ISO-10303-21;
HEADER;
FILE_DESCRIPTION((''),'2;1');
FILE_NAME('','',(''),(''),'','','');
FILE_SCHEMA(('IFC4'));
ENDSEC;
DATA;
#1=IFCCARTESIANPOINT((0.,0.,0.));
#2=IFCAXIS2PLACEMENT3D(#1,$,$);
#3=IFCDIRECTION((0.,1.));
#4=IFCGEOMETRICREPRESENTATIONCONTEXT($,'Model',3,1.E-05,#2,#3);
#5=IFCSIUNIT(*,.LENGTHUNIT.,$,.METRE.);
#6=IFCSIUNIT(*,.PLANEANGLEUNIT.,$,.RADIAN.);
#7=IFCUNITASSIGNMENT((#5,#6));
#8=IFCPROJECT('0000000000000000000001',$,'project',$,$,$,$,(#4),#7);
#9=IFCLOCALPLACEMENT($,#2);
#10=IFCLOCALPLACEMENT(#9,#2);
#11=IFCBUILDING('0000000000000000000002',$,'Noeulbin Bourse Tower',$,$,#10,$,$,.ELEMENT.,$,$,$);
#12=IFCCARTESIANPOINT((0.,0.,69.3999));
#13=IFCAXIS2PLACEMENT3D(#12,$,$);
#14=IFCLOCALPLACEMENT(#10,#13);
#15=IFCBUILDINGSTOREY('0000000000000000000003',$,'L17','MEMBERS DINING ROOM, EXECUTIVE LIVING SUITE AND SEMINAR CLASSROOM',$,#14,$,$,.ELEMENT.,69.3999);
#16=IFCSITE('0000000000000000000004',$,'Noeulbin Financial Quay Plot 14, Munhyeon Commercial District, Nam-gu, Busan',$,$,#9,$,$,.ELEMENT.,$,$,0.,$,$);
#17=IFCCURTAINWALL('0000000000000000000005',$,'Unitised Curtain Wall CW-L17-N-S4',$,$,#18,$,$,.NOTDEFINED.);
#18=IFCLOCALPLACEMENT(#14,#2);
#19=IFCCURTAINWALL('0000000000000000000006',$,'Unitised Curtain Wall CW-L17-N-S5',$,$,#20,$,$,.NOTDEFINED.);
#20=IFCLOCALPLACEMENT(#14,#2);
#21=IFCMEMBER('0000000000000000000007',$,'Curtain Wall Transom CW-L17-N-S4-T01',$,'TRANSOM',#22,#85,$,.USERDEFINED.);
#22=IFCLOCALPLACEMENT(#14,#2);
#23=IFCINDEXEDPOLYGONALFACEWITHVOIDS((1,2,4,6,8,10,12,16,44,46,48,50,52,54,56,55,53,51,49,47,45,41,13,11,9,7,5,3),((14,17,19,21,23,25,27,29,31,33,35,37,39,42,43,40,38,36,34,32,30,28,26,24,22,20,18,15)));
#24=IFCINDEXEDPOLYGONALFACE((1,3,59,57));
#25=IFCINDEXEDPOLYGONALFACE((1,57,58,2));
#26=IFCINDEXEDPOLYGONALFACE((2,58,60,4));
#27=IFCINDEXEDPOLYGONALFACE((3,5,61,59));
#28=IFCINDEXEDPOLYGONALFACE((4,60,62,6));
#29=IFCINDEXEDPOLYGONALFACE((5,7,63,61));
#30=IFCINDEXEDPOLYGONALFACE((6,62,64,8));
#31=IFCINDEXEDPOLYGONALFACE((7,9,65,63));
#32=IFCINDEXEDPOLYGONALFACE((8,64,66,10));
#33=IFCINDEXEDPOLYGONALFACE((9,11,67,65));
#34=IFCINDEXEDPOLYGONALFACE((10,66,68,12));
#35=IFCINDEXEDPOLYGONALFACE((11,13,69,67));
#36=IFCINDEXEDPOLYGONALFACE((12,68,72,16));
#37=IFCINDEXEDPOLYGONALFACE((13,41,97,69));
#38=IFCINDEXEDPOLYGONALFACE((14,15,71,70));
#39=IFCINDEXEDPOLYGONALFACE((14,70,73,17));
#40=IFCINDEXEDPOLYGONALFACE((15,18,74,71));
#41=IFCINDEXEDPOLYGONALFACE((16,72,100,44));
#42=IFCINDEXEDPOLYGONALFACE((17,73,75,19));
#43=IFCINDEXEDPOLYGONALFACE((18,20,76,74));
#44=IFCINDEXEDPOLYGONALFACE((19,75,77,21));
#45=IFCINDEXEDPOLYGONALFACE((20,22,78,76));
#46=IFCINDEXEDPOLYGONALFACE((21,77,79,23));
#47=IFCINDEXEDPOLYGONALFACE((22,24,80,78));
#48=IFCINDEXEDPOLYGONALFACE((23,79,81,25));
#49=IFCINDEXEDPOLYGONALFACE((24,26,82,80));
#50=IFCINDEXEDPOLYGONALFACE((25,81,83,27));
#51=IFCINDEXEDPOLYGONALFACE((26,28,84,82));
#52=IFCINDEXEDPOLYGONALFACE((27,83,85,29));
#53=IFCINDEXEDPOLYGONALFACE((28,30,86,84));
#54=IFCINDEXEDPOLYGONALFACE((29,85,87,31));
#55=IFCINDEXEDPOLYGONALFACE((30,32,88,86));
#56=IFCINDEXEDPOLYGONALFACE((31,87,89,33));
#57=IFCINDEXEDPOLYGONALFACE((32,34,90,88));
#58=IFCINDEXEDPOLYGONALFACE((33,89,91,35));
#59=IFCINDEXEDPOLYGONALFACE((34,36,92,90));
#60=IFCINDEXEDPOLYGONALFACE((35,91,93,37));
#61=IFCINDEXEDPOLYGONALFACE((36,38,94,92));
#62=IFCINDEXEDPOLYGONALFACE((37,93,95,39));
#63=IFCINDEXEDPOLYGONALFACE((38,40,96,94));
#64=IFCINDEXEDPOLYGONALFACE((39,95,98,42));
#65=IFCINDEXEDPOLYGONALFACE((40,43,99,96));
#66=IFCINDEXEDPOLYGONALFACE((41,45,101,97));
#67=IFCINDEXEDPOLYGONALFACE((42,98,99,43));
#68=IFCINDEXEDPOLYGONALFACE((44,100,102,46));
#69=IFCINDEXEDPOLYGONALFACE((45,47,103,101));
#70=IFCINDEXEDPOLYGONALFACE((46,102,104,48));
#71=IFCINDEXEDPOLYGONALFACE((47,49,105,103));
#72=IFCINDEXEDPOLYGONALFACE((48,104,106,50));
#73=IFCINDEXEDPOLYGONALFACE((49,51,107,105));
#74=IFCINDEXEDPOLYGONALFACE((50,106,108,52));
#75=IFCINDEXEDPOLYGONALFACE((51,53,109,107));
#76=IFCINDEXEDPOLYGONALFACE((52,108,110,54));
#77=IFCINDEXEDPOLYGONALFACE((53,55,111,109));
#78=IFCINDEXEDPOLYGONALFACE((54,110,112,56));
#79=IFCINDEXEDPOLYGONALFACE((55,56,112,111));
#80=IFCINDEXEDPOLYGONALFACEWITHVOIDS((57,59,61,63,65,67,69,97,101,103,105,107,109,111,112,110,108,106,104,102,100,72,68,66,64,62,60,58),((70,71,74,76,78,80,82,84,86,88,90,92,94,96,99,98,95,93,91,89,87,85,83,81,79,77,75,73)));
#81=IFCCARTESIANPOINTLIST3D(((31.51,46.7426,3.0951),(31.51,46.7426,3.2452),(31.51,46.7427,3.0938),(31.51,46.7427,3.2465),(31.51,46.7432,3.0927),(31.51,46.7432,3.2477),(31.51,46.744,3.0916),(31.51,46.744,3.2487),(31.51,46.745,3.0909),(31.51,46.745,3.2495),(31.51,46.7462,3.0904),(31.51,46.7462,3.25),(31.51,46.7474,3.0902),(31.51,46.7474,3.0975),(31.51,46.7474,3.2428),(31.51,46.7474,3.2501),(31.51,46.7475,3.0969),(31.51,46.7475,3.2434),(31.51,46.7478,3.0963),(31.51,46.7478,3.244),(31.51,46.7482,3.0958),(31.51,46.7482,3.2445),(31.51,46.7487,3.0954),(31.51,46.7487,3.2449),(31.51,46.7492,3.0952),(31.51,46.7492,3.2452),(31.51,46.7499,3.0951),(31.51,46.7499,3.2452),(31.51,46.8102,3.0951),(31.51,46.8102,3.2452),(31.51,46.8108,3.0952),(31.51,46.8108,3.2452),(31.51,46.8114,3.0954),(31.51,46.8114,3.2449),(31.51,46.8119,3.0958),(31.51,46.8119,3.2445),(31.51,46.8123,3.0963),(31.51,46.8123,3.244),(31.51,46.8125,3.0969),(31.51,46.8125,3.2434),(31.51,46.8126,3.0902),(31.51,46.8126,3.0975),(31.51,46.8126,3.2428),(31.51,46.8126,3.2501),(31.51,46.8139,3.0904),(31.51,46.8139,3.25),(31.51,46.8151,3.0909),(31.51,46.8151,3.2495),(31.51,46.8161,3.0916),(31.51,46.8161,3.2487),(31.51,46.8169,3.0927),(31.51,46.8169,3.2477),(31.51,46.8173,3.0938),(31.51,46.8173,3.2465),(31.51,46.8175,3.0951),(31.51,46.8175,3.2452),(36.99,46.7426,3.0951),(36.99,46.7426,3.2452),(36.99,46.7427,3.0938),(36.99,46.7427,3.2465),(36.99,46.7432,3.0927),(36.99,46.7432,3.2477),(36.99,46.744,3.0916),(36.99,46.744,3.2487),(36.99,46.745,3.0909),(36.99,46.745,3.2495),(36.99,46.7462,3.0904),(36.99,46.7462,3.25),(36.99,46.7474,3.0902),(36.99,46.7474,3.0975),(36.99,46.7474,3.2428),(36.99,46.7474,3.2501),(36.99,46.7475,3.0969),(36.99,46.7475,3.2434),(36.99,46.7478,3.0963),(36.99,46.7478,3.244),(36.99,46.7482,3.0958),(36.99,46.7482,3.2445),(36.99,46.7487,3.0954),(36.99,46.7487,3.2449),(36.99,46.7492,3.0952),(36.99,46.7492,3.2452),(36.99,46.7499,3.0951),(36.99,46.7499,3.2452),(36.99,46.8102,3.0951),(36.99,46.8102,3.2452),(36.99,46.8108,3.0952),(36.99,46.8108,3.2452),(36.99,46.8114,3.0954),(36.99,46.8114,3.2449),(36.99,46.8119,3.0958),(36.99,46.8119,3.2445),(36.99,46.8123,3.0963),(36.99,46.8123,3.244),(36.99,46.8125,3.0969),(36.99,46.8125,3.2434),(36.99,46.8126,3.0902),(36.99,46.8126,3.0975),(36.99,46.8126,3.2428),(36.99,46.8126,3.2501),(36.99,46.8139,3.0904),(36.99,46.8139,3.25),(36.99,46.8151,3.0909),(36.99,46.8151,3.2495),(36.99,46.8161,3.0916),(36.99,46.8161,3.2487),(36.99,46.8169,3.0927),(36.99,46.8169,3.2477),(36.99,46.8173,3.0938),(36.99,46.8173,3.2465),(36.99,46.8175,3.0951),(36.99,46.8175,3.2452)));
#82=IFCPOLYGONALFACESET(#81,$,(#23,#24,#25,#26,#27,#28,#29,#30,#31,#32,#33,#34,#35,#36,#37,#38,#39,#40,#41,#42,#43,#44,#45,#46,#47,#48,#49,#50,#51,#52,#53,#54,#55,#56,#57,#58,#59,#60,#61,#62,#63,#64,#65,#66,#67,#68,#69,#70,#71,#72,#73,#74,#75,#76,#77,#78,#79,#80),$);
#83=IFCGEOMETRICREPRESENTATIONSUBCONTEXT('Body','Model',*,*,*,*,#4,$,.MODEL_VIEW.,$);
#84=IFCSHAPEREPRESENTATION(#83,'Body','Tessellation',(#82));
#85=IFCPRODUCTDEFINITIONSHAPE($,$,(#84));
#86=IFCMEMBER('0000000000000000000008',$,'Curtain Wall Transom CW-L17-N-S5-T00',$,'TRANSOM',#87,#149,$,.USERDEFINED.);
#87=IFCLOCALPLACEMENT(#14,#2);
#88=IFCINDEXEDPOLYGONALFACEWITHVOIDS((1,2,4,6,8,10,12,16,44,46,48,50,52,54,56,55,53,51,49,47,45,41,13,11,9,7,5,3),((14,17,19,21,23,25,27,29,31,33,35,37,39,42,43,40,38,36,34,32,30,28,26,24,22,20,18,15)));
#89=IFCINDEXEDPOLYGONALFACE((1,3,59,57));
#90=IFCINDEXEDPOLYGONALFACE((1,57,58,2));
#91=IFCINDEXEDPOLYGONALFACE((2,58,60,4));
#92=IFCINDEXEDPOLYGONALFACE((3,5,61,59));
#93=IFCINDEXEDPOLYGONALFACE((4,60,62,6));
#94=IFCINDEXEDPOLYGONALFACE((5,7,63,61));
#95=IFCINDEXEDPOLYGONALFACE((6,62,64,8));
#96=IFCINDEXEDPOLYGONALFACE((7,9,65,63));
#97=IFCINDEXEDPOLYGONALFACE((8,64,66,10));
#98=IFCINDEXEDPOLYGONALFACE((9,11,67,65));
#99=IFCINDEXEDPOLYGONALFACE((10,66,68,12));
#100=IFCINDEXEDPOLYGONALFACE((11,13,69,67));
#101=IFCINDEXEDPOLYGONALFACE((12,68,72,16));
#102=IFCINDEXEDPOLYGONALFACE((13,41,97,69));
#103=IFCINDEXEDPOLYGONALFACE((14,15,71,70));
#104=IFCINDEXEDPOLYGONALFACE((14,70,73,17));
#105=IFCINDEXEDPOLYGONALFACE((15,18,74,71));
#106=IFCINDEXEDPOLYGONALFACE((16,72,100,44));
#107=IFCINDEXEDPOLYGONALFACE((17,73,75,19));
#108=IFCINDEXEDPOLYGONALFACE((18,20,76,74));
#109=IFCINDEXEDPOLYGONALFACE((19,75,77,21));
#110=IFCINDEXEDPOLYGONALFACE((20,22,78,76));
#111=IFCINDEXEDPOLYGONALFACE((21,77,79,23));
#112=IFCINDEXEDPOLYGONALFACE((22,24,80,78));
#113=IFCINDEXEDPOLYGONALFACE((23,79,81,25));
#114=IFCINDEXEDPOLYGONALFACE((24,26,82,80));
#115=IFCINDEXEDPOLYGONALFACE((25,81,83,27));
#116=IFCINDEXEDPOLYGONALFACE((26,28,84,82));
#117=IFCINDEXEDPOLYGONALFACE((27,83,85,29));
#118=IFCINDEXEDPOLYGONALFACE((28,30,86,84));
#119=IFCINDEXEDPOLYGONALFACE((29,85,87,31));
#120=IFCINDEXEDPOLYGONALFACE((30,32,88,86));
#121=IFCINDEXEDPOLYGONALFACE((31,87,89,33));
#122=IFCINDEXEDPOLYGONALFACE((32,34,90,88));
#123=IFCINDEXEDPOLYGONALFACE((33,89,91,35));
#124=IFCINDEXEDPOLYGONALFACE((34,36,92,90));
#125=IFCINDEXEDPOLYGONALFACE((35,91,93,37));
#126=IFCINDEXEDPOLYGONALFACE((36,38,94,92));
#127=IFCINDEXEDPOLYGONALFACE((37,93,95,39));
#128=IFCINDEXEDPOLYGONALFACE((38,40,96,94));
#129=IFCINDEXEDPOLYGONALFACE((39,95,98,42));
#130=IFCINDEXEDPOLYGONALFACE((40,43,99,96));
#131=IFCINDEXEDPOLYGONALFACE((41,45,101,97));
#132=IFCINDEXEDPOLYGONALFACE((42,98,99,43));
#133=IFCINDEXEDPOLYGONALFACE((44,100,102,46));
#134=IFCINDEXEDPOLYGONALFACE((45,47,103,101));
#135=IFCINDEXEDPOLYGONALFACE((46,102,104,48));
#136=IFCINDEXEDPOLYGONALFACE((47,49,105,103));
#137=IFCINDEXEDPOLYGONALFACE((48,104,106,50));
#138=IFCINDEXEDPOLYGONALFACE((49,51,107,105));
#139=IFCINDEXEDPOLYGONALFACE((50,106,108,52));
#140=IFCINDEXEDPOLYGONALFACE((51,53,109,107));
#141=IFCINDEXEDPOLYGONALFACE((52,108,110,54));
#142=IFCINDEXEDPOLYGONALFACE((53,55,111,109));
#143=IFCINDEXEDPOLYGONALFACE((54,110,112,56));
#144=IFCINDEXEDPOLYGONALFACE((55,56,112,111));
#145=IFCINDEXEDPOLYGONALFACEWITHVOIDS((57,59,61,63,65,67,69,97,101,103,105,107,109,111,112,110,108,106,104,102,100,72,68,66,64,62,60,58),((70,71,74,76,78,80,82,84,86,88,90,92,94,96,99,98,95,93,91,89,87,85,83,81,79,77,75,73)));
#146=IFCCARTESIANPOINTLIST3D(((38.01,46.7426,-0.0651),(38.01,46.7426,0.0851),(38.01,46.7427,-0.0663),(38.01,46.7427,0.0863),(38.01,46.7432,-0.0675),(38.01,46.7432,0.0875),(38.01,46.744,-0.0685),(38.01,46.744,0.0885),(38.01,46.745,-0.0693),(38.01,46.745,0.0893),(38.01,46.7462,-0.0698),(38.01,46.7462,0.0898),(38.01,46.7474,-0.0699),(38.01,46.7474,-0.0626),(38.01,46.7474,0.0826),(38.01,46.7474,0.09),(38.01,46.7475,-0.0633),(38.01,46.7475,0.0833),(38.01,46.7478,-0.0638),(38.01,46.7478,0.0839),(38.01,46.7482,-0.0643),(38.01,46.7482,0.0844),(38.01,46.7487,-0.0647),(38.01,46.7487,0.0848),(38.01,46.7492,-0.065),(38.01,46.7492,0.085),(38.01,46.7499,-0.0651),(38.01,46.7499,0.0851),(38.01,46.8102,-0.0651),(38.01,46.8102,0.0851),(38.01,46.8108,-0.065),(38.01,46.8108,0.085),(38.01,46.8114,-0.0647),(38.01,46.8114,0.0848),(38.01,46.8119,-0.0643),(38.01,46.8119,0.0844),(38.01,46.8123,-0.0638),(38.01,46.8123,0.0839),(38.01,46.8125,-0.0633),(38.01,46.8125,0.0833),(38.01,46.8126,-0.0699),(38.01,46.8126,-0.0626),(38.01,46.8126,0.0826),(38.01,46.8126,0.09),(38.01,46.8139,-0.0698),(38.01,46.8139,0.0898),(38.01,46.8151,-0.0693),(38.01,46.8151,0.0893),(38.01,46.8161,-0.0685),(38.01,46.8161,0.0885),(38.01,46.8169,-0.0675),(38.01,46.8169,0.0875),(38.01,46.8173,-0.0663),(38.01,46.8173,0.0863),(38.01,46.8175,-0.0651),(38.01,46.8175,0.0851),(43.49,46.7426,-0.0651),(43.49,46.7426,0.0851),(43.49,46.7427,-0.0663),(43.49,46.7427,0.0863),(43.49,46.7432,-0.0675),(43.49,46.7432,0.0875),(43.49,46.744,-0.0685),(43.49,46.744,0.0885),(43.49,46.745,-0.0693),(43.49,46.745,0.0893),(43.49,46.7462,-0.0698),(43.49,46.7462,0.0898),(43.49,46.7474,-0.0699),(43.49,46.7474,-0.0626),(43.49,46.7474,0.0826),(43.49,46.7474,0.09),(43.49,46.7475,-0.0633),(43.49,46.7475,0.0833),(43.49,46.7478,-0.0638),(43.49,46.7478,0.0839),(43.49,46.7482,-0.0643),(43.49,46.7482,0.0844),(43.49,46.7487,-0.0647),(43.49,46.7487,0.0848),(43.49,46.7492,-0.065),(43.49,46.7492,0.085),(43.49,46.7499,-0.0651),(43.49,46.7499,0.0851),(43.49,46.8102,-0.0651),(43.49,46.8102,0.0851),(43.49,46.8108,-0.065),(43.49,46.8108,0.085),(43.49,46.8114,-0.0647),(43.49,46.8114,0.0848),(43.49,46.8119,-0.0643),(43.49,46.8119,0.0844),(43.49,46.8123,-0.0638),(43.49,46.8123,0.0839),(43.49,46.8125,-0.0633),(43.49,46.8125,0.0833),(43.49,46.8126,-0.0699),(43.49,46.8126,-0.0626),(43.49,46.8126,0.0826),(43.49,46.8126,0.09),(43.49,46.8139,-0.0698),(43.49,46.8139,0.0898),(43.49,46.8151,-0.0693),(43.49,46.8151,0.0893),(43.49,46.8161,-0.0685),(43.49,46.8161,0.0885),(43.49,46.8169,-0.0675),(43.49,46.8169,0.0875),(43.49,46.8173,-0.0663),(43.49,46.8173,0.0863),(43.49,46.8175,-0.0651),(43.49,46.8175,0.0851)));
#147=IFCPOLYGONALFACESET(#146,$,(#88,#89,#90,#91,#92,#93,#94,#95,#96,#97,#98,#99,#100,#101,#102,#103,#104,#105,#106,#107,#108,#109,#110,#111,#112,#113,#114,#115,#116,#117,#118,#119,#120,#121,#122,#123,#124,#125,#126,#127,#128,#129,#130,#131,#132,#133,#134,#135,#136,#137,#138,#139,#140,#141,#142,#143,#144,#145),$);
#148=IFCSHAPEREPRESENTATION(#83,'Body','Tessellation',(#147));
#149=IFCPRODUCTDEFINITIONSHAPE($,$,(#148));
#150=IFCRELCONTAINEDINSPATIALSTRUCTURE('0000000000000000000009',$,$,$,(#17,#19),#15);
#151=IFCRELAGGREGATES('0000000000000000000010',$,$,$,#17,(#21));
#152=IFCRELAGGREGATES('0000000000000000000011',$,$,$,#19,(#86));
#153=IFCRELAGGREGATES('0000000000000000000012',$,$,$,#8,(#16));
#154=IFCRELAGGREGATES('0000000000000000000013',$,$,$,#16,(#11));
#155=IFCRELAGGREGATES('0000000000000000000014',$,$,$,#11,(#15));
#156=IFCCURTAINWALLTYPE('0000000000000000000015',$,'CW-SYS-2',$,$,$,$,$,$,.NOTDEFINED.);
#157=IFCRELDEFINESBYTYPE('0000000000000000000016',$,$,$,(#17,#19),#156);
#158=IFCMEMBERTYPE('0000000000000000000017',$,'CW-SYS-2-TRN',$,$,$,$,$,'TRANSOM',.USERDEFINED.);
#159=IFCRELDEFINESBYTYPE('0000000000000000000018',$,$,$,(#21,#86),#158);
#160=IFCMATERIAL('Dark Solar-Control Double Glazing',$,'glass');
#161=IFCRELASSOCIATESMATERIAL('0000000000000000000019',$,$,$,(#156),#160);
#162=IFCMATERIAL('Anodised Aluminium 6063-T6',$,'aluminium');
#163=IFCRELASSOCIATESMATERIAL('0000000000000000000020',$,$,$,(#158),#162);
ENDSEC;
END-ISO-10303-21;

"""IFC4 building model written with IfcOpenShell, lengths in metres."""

from ifc_helpers import new_model, si_unit, direction, frame, origin, origin_2d, place, context, subcontext, project, spatial, hollow_rectangle, extrude, material, material_profile, profile_set, type_object, element, aggregate, save


model = new_model("IFC4")

# Units and contexts
model_context = context("Model", 3, precision=1e-05, world=origin(), true_north=direction((0.0, 1.0)))
body_context = subcontext(model_context, "Body", "Model", "MODEL_VIEW")
ifc_project = project(units=[si_unit("LENGTHUNIT", "METRE"), si_unit("PLANEANGLEUNIT", "RADIAN")], contexts=[model_context])

# Site, building, storey
site_placement = place(None, origin())
site = spatial("IfcSite", under=ifc_project, at=site_placement, Name="Noeulbin Financial Quay Plot 14, Munhyeon Commercial District, Nam-gu, Busan", CompositionType="ELEMENT", RefElevation=0.0)
building_placement = place(site_placement, origin())
building = spatial("IfcBuilding", under=site, at=building_placement, Name="Noeulbin Bourse Tower", CompositionType="ELEMENT")
storey_placement = place(building_placement, frame((0.0, 0.0, 69.3999)))
storey = spatial("IfcBuildingStorey", under=building, at=storey_placement, Name="L17", Description="MEMBERS DINING ROOM, EXECUTIVE LIVING SUITE AND SEMINAR CLASSROOM", CompositionType="ELEMENT", Elevation=69.3999)

# Shared definitions
ifc_material_1 = material(Name="Dark Solar-Control Double Glazing", Category="glass")
curtain_wall_type = type_object("IfcCurtainWallType", Name="CW-SYS-2", PredefinedType="NOTDEFINED", material=ifc_material_1)
ifc_material_2 = material(Name="Anodised Aluminium 6063-T6", Category="aluminium")

# Curtain wall
curtain_wall_1_placement = place(storey_placement, origin())
curtain_wall_1 = element("IfcCurtainWall", 1, at=curtain_wall_1_placement, inside=storey, type_object=curtain_wall_type, Name="Unitised Curtain Wall CW-L17-N-S4", PredefinedType="NOTDEFINED")

# Curtain wall
curtain_wall_2_placement = place(storey_placement, origin())
curtain_wall_2 = element("IfcCurtainWall", 2, at=curtain_wall_2_placement, inside=storey, type_object=curtain_wall_type, Name="Unitised Curtain Wall CW-L17-N-S5", PredefinedType="NOTDEFINED")

# Members
ifc_material_profile_1 = material_profile(ifc_material_2, hollow_rectangle(XDim=0.075, YDim=0.1599, WallThickness=0.0049, InnerFilletRadius=0.0024, OuterFilletRadius=0.0049, at=origin_2d()), Name="ALU-TRAN-75x160x5", Category="LoadBearing")
ifc_profile_set_1 = profile_set([ifc_material_profile_1], Name="Anodised Aluminium 6063-T6")
member_type_1 = type_object("IfcMemberType", Name="CW-SYS-2-TRN", ElementType="TRANSOM", PredefinedType="USERDEFINED", material=ifc_profile_set_1)
member_1_placement = place(storey_placement, frame((31.51, 46.78, 3.1702), z_axis=(1.0, 0.0, 0.0), x_axis=(0.0, 1.0, 0.0)))
member_1 = element("IfcMember", 3, at=member_1_placement, type_object=member_type_1, Name="Curtain Wall Transom CW-L17-N-S4-T01", ObjectType="TRANSOM", PredefinedType="USERDEFINED", context=body_context, shape_type="SweptSolid", body=[
    extrude(hollow_rectangle(XDim=0.075, YDim=0.1599, WallThickness=0.0049, InnerFilletRadius=0.0024, OuterFilletRadius=0.0049, at=origin_2d()), origin(), (0.0, 0.0, 1.0), 5.48),
])
member_2_placement = place(storey_placement, frame((38.01, 46.78, 0.01), z_axis=(1.0, 0.0, 0.0), x_axis=(0.0, 1.0, 0.0)))
member_2 = element("IfcMember", 4, at=member_2_placement, type_object=member_type_1, Name="Curtain Wall Transom CW-L17-N-S5-T00", ObjectType="TRANSOM", PredefinedType="USERDEFINED", context=body_context, shape_type="SweptSolid", body=[
    extrude(hollow_rectangle(XDim=0.075, YDim=0.1599, WallThickness=0.0049, InnerFilletRadius=0.0024, OuterFilletRadius=0.0049, at=origin_2d()), origin(), (0.0, 0.0, 1.0), 5.48),
])

aggregate(curtain_wall_1, [member_1])
aggregate(curtain_wall_2, [member_2])

save(model, "model.ifc")
